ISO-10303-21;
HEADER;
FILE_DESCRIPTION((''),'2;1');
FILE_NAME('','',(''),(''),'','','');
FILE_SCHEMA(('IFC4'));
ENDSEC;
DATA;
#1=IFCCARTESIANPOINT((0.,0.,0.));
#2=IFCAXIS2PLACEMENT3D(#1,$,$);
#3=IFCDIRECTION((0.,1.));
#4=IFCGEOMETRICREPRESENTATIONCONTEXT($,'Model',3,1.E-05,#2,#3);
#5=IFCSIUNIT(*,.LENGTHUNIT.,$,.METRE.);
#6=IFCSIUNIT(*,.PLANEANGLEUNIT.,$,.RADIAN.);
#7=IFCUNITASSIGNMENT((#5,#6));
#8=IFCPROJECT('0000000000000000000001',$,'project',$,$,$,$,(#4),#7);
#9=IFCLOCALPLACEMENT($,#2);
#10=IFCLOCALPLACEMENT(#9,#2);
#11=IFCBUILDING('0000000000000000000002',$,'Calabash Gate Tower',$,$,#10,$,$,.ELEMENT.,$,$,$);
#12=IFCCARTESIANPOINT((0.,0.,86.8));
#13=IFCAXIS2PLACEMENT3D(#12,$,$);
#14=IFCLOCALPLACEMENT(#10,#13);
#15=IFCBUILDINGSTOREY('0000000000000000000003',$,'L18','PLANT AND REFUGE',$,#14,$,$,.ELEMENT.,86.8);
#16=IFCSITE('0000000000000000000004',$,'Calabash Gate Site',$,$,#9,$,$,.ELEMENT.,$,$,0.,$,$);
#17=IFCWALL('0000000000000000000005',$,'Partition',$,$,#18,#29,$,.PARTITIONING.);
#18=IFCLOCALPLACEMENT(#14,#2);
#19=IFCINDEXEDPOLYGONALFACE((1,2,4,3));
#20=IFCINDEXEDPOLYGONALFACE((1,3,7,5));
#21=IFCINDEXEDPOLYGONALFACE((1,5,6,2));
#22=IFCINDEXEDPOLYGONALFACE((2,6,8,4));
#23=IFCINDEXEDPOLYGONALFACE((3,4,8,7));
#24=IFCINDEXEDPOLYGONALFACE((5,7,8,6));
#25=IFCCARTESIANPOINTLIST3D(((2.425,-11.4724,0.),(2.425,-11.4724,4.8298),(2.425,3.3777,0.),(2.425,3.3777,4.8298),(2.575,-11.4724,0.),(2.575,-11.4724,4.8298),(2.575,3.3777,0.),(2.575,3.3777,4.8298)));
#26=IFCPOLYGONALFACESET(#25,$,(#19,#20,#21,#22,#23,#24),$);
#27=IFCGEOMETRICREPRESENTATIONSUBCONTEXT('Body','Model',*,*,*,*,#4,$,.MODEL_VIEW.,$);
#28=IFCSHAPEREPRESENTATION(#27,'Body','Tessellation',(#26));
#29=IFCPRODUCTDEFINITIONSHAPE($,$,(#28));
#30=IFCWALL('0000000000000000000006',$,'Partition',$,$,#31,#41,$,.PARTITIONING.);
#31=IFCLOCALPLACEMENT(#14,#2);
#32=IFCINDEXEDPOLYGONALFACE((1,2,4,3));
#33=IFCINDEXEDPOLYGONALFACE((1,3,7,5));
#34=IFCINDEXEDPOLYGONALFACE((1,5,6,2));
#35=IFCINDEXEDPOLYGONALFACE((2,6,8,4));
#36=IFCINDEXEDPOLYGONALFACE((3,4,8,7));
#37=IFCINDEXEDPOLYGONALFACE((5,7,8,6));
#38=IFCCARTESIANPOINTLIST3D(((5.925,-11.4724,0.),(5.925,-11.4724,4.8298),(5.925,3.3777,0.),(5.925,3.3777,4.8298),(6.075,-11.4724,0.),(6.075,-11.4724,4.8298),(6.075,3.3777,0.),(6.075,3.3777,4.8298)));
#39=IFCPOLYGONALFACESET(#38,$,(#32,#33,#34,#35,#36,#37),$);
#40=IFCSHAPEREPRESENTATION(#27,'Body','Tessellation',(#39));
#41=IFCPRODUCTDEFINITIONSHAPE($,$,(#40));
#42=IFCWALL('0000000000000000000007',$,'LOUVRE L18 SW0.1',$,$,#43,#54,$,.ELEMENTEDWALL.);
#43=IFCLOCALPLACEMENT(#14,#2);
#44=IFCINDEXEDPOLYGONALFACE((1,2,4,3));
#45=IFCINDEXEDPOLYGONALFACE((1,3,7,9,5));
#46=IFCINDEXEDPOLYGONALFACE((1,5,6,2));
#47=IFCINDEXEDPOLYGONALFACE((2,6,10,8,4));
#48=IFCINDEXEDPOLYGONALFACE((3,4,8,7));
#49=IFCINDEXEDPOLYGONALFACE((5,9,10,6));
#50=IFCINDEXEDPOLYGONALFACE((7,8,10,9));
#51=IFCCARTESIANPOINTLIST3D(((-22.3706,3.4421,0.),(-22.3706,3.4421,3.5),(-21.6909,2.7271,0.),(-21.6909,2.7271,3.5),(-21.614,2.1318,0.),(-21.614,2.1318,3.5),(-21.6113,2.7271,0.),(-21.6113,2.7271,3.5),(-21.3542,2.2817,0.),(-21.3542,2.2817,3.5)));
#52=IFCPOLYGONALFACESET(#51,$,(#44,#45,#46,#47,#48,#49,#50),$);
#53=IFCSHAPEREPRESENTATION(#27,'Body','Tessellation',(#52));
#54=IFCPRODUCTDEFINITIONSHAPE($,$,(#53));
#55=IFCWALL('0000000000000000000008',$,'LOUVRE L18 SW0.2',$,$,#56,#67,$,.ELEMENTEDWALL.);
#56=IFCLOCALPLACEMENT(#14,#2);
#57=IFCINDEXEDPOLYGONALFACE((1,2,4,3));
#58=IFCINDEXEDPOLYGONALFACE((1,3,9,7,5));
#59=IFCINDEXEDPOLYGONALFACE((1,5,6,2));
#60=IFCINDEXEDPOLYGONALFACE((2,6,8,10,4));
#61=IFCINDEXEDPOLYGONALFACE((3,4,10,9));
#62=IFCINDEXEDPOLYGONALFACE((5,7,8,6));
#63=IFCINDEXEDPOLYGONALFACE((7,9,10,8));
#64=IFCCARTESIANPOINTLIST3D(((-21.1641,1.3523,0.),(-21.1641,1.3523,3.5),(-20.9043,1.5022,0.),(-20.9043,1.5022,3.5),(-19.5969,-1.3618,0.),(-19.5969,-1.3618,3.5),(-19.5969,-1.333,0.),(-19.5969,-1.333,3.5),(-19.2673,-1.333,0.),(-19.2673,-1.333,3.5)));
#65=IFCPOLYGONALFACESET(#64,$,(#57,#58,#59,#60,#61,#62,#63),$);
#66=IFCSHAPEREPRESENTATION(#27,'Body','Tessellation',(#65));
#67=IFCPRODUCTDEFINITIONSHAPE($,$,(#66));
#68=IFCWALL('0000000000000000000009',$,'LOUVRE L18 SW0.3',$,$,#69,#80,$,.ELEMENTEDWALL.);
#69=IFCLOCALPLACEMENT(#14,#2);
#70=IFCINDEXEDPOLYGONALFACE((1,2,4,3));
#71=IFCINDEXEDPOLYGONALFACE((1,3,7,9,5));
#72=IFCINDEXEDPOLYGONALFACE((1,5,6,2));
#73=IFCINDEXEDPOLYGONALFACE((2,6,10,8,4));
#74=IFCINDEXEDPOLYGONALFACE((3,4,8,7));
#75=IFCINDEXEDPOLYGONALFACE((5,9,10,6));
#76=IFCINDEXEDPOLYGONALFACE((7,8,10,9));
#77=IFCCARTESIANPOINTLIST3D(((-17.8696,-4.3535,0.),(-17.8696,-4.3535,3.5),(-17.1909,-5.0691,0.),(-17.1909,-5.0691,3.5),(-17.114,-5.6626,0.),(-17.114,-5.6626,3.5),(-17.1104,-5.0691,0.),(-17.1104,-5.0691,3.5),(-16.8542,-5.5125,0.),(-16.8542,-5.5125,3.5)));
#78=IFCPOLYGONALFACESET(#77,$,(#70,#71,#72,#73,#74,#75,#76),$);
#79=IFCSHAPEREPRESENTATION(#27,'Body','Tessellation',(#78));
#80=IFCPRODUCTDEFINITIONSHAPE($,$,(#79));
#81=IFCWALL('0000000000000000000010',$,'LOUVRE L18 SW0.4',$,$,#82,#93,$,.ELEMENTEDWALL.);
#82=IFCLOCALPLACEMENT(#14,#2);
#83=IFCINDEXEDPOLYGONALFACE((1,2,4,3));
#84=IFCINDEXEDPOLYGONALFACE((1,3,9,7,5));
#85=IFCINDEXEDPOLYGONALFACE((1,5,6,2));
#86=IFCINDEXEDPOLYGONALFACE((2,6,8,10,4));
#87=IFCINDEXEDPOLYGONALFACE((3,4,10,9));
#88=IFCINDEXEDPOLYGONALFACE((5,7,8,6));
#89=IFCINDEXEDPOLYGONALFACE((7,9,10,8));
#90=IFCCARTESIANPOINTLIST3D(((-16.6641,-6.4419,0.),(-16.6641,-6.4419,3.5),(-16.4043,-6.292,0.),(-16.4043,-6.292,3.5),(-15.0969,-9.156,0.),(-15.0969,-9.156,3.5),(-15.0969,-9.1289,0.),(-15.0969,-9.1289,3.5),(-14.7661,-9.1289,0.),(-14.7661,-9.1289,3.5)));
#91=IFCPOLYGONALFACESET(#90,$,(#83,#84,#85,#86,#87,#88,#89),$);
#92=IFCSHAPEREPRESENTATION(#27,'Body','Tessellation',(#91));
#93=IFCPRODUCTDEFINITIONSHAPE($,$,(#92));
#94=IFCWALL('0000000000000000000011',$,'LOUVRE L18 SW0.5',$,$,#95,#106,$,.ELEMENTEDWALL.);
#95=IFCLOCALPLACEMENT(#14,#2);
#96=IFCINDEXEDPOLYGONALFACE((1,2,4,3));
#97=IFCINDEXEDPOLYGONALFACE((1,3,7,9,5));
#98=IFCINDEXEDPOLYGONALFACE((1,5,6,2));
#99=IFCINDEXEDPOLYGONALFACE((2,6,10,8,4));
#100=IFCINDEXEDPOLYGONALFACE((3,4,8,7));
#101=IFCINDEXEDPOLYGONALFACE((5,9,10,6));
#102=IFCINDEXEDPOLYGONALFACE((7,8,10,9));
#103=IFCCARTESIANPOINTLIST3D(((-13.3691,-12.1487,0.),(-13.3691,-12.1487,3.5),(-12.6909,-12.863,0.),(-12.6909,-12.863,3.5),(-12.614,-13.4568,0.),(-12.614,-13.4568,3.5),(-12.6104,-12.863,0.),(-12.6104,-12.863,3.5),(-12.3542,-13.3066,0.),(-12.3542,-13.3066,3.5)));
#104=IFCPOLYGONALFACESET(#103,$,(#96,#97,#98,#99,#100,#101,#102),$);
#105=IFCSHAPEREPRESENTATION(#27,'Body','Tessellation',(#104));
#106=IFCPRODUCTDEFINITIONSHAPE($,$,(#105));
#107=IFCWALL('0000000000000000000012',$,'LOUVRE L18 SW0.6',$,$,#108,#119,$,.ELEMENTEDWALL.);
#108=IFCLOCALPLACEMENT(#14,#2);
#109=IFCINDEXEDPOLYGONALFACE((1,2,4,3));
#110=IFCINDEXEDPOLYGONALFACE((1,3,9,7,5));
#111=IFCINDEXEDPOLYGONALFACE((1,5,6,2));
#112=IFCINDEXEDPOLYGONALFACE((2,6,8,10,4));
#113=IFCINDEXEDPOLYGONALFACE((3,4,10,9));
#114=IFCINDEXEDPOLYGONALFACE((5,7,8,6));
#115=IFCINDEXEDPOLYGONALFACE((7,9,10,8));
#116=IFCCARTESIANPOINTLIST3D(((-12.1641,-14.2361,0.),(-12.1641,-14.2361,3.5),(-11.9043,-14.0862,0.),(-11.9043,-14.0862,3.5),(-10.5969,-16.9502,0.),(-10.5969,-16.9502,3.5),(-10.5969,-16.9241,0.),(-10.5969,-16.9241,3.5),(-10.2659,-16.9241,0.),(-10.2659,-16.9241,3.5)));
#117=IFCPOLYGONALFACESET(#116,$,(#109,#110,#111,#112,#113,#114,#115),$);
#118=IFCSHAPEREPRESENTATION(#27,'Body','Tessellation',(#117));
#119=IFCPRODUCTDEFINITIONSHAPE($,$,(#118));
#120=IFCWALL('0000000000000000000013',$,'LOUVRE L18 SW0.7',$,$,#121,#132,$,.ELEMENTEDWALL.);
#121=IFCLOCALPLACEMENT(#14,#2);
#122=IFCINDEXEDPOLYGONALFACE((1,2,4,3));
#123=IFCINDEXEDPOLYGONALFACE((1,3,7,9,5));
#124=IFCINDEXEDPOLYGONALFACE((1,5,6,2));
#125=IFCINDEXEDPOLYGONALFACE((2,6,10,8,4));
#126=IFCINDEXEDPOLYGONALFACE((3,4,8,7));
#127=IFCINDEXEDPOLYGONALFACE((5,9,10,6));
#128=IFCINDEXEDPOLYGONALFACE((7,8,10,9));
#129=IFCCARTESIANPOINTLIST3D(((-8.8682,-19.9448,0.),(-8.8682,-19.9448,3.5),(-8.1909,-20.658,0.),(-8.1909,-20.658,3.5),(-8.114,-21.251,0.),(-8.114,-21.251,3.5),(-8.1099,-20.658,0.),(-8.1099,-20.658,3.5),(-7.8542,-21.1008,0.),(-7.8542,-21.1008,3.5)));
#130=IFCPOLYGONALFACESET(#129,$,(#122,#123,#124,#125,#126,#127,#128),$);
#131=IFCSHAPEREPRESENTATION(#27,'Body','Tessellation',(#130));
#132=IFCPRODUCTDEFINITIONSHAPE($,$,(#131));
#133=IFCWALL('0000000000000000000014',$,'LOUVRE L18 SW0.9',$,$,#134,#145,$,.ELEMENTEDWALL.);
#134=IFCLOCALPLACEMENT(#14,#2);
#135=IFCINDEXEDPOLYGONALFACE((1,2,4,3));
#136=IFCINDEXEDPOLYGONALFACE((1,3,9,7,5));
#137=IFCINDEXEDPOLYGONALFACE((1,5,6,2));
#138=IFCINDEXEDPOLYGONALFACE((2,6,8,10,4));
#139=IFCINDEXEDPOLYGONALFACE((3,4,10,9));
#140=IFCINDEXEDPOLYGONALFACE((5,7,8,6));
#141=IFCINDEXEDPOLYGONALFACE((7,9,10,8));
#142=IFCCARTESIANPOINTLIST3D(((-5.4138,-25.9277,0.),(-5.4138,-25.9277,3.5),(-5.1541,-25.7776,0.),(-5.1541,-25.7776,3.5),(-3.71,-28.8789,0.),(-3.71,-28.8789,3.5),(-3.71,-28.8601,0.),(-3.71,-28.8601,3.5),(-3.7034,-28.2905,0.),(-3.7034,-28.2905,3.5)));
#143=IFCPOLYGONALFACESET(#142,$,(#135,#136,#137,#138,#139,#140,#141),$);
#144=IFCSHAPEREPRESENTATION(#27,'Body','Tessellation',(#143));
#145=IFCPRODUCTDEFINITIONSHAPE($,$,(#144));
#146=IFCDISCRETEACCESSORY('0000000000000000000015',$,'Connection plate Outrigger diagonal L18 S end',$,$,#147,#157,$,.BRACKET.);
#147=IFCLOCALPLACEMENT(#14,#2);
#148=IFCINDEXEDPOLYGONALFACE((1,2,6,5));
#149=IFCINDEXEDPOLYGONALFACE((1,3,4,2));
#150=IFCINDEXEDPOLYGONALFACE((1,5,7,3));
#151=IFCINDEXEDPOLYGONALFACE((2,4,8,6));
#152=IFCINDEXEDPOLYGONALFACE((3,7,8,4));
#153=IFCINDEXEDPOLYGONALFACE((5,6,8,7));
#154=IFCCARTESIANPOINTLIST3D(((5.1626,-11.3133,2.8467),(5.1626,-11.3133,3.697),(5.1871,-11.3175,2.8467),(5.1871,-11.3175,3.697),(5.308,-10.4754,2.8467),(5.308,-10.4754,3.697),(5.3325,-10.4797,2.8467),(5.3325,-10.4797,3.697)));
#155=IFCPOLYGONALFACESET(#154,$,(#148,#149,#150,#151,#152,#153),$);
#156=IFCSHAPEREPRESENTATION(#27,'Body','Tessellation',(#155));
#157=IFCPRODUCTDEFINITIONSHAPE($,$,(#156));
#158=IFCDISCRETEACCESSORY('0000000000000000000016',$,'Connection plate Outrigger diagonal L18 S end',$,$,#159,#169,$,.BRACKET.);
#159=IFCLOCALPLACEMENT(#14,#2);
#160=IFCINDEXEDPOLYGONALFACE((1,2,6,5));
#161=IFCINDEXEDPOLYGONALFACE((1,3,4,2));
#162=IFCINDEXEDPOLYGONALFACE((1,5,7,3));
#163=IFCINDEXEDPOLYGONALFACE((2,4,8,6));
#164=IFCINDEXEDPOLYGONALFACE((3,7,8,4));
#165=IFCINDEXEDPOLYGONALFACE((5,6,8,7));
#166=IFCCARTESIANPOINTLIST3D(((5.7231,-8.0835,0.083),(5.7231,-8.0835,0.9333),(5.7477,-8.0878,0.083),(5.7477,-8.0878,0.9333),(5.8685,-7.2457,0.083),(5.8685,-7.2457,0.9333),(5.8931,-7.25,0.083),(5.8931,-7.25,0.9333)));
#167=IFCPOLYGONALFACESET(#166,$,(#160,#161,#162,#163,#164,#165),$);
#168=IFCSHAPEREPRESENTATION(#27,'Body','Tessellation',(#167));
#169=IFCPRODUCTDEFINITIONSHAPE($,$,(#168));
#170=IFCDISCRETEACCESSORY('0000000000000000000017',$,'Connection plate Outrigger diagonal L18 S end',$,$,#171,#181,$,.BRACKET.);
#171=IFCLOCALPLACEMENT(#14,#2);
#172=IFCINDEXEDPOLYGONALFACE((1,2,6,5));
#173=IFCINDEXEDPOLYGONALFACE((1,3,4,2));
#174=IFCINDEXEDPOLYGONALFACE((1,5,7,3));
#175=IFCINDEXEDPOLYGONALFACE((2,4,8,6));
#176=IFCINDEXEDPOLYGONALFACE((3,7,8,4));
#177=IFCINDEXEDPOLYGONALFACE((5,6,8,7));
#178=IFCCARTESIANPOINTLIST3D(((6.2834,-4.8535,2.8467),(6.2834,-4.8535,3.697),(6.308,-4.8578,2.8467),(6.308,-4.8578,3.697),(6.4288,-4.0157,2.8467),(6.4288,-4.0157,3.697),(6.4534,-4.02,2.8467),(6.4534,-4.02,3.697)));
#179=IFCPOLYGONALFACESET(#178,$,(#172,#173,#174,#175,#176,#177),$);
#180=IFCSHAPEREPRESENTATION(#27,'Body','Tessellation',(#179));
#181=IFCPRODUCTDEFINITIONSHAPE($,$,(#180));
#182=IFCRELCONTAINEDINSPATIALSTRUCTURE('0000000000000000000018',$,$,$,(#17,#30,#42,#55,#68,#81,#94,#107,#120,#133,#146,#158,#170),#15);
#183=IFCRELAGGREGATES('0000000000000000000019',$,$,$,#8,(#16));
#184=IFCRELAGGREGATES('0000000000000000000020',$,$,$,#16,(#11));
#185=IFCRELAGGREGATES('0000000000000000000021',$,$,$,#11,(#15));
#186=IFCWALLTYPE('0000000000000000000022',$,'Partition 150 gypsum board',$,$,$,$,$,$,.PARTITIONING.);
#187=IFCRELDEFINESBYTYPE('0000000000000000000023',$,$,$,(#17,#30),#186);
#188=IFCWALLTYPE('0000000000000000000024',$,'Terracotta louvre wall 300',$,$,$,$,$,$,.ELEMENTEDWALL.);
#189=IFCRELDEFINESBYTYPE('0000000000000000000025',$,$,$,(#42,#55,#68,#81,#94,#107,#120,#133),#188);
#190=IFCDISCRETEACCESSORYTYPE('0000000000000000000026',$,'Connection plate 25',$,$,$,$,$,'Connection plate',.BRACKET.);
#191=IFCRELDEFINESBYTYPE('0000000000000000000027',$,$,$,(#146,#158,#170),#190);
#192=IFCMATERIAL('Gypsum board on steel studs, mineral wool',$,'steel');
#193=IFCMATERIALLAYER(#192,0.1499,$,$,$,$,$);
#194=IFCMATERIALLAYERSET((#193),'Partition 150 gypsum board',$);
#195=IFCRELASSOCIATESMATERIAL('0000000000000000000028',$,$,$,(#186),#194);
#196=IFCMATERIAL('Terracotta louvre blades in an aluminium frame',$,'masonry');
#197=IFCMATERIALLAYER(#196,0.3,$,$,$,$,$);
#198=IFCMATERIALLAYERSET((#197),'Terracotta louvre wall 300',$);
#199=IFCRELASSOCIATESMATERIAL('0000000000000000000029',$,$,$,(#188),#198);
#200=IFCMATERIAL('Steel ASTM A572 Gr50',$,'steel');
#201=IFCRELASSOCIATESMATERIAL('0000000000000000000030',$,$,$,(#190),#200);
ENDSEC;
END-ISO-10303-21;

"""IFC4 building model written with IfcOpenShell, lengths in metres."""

from ifc_helpers import new_model, si_unit, direction, frame, frame_2d, origin, origin_2d, place, context, subcontext, project, spatial, polyline, rectangle, outline, extrude, material, layer, layer_set, type_object, element, save


model = new_model("IFC4")

# Units and contexts
model_context = context("Model", 3, precision=1e-05, world=origin(), true_north=direction((0.0, 1.0)))
body_context = subcontext(model_context, "Body", "Model", "MODEL_VIEW")
ifc_project = project(units=[si_unit("LENGTHUNIT", "METRE"), si_unit("PLANEANGLEUNIT", "RADIAN")], contexts=[model_context])

# Site, building, storey
site_placement = place(None, origin())
site = spatial("IfcSite", under=ifc_project, at=site_placement, Name="Calabash Gate Site", CompositionType="ELEMENT", RefElevation=0.0)
building_placement = place(site_placement, origin())
building = spatial("IfcBuilding", under=site, at=building_placement, Name="Calabash Gate Tower", CompositionType="ELEMENT")
storey_placement = place(building_placement, frame((0.0, 0.0, 86.8)))
storey = spatial("IfcBuildingStorey", under=building, at=storey_placement, Name="L18", Description="PLANT AND REFUGE", CompositionType="ELEMENT", Elevation=86.8)

# Walls
ifc_material_1 = material(Name="Gypsum board on steel studs, mineral wool", Category="steel")
ifc_layer_1 = layer(ifc_material_1, 0.1499)
ifc_layer_set_1 = layer_set([ifc_layer_1], Name="Partition 150 gypsum board")
wall_type_1 = type_object("IfcWallType", Name="Partition 150 gypsum board", PredefinedType="PARTITIONING", material=ifc_layer_set_1)
for number, where, z_axis, x_axis, name in (
    (1, (2.5, -11.4724, 0.0), (0.0, 0.0, 1.0), (0.0, 1.0, 0.0), "Partition"),
    (2, (6.0, -11.4724, 0.0), (0.0, 0.0, 1.0), (0.0, 1.0, 0.0), "Partition"),
):
    element("IfcWall", number, at=place(storey_placement, frame(where, z_axis=z_axis, x_axis=x_axis)), inside=storey, type_object=wall_type_1, Name=name, PredefinedType="PARTITIONING", context=body_context, shape_type="SweptSolid", body=[
        extrude(rectangle(XDim=14.8501, YDim=0.1499, at=frame_2d((7.425, 0.0))), origin(), (0.0, 0.0, 1.0), 4.8298),
    ])
ifc_material_2 = material(Name="Terracotta louvre blades in an aluminium frame", Category="masonry")
ifc_layer_2 = layer(ifc_material_2, 0.3)
ifc_layer_set_2 = layer_set([ifc_layer_2], Name="Terracotta louvre wall 300")
wall_type_2 = type_object("IfcWallType", Name="Terracotta louvre wall 300", PredefinedType="ELEMENTEDWALL", material=ifc_layer_set_2)
wall_1_placement = place(storey_placement, origin())
element("IfcWall", 3, at=wall_1_placement, inside=storey, type_object=wall_type_2, Name="LOUVRE L18 SW0.1", PredefinedType="ELEMENTEDWALL", context=body_context, shape_type="SweptSolid", body=[
    extrude(outline(polyline([(-21.3542, 2.2817), (-21.6113, 2.7271), (-21.6909, 2.7271), (-22.3706, 3.4421), (-21.614, 2.1318), (-21.3542, 2.2817)])), origin(), (0.0, 0.0, 1.0), 3.5),
])
wall_2_placement = place(storey_placement, origin())
element("IfcWall", 4, at=wall_2_placement, inside=storey, type_object=wall_type_2, Name="LOUVRE L18 SW0.2", PredefinedType="ELEMENTEDWALL", context=body_context, shape_type="SweptSolid", body=[
    extrude(outline(polyline([(-21.1641, 1.3523), (-19.5969, -1.3618), (-19.5969, -1.333), (-19.2673, -1.333), (-20.9043, 1.5022), (-21.1641, 1.3523)])), origin(), (0.0, 0.0, 1.0), 3.5),
])
wall_3_placement = place(storey_placement, origin())
element("IfcWall", 5, at=wall_3_placement, inside=storey, type_object=wall_type_2, Name="LOUVRE L18 SW0.3", PredefinedType="ELEMENTEDWALL", context=body_context, shape_type="SweptSolid", body=[
    extrude(outline(polyline([(-16.8542, -5.5125), (-17.1104, -5.0691), (-17.1909, -5.0691), (-17.8696, -4.3535), (-17.114, -5.6626), (-16.8542, -5.5125)])), origin(), (0.0, 0.0, 1.0), 3.5),
])
wall_4_placement = place(storey_placement, origin())
element("IfcWall", 6, at=wall_4_placement, inside=storey, type_object=wall_type_2, Name="LOUVRE L18 SW0.4", PredefinedType="ELEMENTEDWALL", context=body_context, shape_type="SweptSolid", body=[
    extrude(outline(polyline([(-16.6641, -6.4419), (-15.0969, -9.156), (-15.0969, -9.1289), (-14.7661, -9.1289), (-16.4043, -6.292), (-16.6641, -6.4419)])), origin(), (0.0, 0.0, 1.0), 3.5),
])
wall_5_placement = place(storey_placement, origin())
element("IfcWall", 7, at=wall_5_placement, inside=storey, type_object=wall_type_2, Name="LOUVRE L18 SW0.5", PredefinedType="ELEMENTEDWALL", context=body_context, shape_type="SweptSolid", body=[
    extrude(outline(polyline([(-12.3542, -13.3066), (-12.6104, -12.863), (-12.6909, -12.863), (-13.3691, -12.1487), (-12.614, -13.4568), (-12.3542, -13.3066)])), origin(), (0.0, 0.0, 1.0), 3.5),
])
wall_6_placement = place(storey_placement, origin())
element("IfcWall", 8, at=wall_6_placement, inside=storey, type_object=wall_type_2, Name="LOUVRE L18 SW0.6", PredefinedType="ELEMENTEDWALL", context=body_context, shape_type="SweptSolid", body=[
    extrude(outline(polyline([(-12.1641, -14.2361), (-10.5969, -16.9502), (-10.5969, -16.9241), (-10.2659, -16.9241), (-11.9043, -14.0862), (-12.1641, -14.2361)])), origin(), (0.0, 0.0, 1.0), 3.5),
])
wall_7_placement = place(storey_placement, origin())
element("IfcWall", 9, at=wall_7_placement, inside=storey, type_object=wall_type_2, Name="LOUVRE L18 SW0.7", PredefinedType="ELEMENTEDWALL", context=body_context, shape_type="SweptSolid", body=[
    extrude(outline(polyline([(-7.8542, -21.1008), (-8.1099, -20.658), (-8.1909, -20.658), (-8.8682, -19.9448), (-8.114, -21.251), (-7.8542, -21.1008)])), origin(), (0.0, 0.0, 1.0), 3.5),
])
wall_8_placement = place(storey_placement, origin())
element("IfcWall", 10, at=wall_8_placement, inside=storey, type_object=wall_type_2, Name="LOUVRE L18 SW0.9", PredefinedType="ELEMENTEDWALL", context=body_context, shape_type="SweptSolid", body=[
    extrude(outline(polyline([(-5.4138, -25.9277), (-3.71, -28.8789), (-3.71, -28.8601), (-3.7034, -28.2905), (-5.1541, -25.7776), (-5.4138, -25.9277)])), origin(), (0.0, 0.0, 1.0), 3.5),
])

# Discrete accessories
ifc_material_3 = material(Name="Steel ASTM A572 Gr50", Category="steel")
discrete_accessory_type = type_object("IfcDiscreteAccessoryType", Name="Connection plate 25", ElementType="Connection plate", PredefinedType="BRACKET", material=ifc_material_3)
for number, where, z_axis, x_axis, name in (
    (11, (5.2476, -10.8965, 2.8467), (0.0, 0.0, 1.0), (0.170985, 0.985274, 0.0), "Connection plate Outrigger diagonal L18 S end"),
    (12, (5.8081, -7.6667, 0.083), (0.0, 0.0, 1.0), (0.170985, 0.985274, 0.0), "Connection plate Outrigger diagonal L18 S end"),
    (13, (6.3684, -4.4368, 2.8467), (0.0, 0.0, 1.0), (0.170985, 0.985274, 0.0), "Connection plate Outrigger diagonal L18 S end"),
):
    element("IfcDiscreteAccessory", number, at=place(storey_placement, frame(where, z_axis=z_axis, x_axis=x_axis)), inside=storey, type_object=discrete_accessory_type, Name=name, PredefinedType="BRACKET", context=body_context, shape_type="SweptSolid", body=[
        extrude(rectangle(XDim=0.8503, YDim=0.0249, at=origin_2d()), origin(), (0.0, 0.0, 1.0), 0.8503),
    ])

save(model, "model.ifc")
